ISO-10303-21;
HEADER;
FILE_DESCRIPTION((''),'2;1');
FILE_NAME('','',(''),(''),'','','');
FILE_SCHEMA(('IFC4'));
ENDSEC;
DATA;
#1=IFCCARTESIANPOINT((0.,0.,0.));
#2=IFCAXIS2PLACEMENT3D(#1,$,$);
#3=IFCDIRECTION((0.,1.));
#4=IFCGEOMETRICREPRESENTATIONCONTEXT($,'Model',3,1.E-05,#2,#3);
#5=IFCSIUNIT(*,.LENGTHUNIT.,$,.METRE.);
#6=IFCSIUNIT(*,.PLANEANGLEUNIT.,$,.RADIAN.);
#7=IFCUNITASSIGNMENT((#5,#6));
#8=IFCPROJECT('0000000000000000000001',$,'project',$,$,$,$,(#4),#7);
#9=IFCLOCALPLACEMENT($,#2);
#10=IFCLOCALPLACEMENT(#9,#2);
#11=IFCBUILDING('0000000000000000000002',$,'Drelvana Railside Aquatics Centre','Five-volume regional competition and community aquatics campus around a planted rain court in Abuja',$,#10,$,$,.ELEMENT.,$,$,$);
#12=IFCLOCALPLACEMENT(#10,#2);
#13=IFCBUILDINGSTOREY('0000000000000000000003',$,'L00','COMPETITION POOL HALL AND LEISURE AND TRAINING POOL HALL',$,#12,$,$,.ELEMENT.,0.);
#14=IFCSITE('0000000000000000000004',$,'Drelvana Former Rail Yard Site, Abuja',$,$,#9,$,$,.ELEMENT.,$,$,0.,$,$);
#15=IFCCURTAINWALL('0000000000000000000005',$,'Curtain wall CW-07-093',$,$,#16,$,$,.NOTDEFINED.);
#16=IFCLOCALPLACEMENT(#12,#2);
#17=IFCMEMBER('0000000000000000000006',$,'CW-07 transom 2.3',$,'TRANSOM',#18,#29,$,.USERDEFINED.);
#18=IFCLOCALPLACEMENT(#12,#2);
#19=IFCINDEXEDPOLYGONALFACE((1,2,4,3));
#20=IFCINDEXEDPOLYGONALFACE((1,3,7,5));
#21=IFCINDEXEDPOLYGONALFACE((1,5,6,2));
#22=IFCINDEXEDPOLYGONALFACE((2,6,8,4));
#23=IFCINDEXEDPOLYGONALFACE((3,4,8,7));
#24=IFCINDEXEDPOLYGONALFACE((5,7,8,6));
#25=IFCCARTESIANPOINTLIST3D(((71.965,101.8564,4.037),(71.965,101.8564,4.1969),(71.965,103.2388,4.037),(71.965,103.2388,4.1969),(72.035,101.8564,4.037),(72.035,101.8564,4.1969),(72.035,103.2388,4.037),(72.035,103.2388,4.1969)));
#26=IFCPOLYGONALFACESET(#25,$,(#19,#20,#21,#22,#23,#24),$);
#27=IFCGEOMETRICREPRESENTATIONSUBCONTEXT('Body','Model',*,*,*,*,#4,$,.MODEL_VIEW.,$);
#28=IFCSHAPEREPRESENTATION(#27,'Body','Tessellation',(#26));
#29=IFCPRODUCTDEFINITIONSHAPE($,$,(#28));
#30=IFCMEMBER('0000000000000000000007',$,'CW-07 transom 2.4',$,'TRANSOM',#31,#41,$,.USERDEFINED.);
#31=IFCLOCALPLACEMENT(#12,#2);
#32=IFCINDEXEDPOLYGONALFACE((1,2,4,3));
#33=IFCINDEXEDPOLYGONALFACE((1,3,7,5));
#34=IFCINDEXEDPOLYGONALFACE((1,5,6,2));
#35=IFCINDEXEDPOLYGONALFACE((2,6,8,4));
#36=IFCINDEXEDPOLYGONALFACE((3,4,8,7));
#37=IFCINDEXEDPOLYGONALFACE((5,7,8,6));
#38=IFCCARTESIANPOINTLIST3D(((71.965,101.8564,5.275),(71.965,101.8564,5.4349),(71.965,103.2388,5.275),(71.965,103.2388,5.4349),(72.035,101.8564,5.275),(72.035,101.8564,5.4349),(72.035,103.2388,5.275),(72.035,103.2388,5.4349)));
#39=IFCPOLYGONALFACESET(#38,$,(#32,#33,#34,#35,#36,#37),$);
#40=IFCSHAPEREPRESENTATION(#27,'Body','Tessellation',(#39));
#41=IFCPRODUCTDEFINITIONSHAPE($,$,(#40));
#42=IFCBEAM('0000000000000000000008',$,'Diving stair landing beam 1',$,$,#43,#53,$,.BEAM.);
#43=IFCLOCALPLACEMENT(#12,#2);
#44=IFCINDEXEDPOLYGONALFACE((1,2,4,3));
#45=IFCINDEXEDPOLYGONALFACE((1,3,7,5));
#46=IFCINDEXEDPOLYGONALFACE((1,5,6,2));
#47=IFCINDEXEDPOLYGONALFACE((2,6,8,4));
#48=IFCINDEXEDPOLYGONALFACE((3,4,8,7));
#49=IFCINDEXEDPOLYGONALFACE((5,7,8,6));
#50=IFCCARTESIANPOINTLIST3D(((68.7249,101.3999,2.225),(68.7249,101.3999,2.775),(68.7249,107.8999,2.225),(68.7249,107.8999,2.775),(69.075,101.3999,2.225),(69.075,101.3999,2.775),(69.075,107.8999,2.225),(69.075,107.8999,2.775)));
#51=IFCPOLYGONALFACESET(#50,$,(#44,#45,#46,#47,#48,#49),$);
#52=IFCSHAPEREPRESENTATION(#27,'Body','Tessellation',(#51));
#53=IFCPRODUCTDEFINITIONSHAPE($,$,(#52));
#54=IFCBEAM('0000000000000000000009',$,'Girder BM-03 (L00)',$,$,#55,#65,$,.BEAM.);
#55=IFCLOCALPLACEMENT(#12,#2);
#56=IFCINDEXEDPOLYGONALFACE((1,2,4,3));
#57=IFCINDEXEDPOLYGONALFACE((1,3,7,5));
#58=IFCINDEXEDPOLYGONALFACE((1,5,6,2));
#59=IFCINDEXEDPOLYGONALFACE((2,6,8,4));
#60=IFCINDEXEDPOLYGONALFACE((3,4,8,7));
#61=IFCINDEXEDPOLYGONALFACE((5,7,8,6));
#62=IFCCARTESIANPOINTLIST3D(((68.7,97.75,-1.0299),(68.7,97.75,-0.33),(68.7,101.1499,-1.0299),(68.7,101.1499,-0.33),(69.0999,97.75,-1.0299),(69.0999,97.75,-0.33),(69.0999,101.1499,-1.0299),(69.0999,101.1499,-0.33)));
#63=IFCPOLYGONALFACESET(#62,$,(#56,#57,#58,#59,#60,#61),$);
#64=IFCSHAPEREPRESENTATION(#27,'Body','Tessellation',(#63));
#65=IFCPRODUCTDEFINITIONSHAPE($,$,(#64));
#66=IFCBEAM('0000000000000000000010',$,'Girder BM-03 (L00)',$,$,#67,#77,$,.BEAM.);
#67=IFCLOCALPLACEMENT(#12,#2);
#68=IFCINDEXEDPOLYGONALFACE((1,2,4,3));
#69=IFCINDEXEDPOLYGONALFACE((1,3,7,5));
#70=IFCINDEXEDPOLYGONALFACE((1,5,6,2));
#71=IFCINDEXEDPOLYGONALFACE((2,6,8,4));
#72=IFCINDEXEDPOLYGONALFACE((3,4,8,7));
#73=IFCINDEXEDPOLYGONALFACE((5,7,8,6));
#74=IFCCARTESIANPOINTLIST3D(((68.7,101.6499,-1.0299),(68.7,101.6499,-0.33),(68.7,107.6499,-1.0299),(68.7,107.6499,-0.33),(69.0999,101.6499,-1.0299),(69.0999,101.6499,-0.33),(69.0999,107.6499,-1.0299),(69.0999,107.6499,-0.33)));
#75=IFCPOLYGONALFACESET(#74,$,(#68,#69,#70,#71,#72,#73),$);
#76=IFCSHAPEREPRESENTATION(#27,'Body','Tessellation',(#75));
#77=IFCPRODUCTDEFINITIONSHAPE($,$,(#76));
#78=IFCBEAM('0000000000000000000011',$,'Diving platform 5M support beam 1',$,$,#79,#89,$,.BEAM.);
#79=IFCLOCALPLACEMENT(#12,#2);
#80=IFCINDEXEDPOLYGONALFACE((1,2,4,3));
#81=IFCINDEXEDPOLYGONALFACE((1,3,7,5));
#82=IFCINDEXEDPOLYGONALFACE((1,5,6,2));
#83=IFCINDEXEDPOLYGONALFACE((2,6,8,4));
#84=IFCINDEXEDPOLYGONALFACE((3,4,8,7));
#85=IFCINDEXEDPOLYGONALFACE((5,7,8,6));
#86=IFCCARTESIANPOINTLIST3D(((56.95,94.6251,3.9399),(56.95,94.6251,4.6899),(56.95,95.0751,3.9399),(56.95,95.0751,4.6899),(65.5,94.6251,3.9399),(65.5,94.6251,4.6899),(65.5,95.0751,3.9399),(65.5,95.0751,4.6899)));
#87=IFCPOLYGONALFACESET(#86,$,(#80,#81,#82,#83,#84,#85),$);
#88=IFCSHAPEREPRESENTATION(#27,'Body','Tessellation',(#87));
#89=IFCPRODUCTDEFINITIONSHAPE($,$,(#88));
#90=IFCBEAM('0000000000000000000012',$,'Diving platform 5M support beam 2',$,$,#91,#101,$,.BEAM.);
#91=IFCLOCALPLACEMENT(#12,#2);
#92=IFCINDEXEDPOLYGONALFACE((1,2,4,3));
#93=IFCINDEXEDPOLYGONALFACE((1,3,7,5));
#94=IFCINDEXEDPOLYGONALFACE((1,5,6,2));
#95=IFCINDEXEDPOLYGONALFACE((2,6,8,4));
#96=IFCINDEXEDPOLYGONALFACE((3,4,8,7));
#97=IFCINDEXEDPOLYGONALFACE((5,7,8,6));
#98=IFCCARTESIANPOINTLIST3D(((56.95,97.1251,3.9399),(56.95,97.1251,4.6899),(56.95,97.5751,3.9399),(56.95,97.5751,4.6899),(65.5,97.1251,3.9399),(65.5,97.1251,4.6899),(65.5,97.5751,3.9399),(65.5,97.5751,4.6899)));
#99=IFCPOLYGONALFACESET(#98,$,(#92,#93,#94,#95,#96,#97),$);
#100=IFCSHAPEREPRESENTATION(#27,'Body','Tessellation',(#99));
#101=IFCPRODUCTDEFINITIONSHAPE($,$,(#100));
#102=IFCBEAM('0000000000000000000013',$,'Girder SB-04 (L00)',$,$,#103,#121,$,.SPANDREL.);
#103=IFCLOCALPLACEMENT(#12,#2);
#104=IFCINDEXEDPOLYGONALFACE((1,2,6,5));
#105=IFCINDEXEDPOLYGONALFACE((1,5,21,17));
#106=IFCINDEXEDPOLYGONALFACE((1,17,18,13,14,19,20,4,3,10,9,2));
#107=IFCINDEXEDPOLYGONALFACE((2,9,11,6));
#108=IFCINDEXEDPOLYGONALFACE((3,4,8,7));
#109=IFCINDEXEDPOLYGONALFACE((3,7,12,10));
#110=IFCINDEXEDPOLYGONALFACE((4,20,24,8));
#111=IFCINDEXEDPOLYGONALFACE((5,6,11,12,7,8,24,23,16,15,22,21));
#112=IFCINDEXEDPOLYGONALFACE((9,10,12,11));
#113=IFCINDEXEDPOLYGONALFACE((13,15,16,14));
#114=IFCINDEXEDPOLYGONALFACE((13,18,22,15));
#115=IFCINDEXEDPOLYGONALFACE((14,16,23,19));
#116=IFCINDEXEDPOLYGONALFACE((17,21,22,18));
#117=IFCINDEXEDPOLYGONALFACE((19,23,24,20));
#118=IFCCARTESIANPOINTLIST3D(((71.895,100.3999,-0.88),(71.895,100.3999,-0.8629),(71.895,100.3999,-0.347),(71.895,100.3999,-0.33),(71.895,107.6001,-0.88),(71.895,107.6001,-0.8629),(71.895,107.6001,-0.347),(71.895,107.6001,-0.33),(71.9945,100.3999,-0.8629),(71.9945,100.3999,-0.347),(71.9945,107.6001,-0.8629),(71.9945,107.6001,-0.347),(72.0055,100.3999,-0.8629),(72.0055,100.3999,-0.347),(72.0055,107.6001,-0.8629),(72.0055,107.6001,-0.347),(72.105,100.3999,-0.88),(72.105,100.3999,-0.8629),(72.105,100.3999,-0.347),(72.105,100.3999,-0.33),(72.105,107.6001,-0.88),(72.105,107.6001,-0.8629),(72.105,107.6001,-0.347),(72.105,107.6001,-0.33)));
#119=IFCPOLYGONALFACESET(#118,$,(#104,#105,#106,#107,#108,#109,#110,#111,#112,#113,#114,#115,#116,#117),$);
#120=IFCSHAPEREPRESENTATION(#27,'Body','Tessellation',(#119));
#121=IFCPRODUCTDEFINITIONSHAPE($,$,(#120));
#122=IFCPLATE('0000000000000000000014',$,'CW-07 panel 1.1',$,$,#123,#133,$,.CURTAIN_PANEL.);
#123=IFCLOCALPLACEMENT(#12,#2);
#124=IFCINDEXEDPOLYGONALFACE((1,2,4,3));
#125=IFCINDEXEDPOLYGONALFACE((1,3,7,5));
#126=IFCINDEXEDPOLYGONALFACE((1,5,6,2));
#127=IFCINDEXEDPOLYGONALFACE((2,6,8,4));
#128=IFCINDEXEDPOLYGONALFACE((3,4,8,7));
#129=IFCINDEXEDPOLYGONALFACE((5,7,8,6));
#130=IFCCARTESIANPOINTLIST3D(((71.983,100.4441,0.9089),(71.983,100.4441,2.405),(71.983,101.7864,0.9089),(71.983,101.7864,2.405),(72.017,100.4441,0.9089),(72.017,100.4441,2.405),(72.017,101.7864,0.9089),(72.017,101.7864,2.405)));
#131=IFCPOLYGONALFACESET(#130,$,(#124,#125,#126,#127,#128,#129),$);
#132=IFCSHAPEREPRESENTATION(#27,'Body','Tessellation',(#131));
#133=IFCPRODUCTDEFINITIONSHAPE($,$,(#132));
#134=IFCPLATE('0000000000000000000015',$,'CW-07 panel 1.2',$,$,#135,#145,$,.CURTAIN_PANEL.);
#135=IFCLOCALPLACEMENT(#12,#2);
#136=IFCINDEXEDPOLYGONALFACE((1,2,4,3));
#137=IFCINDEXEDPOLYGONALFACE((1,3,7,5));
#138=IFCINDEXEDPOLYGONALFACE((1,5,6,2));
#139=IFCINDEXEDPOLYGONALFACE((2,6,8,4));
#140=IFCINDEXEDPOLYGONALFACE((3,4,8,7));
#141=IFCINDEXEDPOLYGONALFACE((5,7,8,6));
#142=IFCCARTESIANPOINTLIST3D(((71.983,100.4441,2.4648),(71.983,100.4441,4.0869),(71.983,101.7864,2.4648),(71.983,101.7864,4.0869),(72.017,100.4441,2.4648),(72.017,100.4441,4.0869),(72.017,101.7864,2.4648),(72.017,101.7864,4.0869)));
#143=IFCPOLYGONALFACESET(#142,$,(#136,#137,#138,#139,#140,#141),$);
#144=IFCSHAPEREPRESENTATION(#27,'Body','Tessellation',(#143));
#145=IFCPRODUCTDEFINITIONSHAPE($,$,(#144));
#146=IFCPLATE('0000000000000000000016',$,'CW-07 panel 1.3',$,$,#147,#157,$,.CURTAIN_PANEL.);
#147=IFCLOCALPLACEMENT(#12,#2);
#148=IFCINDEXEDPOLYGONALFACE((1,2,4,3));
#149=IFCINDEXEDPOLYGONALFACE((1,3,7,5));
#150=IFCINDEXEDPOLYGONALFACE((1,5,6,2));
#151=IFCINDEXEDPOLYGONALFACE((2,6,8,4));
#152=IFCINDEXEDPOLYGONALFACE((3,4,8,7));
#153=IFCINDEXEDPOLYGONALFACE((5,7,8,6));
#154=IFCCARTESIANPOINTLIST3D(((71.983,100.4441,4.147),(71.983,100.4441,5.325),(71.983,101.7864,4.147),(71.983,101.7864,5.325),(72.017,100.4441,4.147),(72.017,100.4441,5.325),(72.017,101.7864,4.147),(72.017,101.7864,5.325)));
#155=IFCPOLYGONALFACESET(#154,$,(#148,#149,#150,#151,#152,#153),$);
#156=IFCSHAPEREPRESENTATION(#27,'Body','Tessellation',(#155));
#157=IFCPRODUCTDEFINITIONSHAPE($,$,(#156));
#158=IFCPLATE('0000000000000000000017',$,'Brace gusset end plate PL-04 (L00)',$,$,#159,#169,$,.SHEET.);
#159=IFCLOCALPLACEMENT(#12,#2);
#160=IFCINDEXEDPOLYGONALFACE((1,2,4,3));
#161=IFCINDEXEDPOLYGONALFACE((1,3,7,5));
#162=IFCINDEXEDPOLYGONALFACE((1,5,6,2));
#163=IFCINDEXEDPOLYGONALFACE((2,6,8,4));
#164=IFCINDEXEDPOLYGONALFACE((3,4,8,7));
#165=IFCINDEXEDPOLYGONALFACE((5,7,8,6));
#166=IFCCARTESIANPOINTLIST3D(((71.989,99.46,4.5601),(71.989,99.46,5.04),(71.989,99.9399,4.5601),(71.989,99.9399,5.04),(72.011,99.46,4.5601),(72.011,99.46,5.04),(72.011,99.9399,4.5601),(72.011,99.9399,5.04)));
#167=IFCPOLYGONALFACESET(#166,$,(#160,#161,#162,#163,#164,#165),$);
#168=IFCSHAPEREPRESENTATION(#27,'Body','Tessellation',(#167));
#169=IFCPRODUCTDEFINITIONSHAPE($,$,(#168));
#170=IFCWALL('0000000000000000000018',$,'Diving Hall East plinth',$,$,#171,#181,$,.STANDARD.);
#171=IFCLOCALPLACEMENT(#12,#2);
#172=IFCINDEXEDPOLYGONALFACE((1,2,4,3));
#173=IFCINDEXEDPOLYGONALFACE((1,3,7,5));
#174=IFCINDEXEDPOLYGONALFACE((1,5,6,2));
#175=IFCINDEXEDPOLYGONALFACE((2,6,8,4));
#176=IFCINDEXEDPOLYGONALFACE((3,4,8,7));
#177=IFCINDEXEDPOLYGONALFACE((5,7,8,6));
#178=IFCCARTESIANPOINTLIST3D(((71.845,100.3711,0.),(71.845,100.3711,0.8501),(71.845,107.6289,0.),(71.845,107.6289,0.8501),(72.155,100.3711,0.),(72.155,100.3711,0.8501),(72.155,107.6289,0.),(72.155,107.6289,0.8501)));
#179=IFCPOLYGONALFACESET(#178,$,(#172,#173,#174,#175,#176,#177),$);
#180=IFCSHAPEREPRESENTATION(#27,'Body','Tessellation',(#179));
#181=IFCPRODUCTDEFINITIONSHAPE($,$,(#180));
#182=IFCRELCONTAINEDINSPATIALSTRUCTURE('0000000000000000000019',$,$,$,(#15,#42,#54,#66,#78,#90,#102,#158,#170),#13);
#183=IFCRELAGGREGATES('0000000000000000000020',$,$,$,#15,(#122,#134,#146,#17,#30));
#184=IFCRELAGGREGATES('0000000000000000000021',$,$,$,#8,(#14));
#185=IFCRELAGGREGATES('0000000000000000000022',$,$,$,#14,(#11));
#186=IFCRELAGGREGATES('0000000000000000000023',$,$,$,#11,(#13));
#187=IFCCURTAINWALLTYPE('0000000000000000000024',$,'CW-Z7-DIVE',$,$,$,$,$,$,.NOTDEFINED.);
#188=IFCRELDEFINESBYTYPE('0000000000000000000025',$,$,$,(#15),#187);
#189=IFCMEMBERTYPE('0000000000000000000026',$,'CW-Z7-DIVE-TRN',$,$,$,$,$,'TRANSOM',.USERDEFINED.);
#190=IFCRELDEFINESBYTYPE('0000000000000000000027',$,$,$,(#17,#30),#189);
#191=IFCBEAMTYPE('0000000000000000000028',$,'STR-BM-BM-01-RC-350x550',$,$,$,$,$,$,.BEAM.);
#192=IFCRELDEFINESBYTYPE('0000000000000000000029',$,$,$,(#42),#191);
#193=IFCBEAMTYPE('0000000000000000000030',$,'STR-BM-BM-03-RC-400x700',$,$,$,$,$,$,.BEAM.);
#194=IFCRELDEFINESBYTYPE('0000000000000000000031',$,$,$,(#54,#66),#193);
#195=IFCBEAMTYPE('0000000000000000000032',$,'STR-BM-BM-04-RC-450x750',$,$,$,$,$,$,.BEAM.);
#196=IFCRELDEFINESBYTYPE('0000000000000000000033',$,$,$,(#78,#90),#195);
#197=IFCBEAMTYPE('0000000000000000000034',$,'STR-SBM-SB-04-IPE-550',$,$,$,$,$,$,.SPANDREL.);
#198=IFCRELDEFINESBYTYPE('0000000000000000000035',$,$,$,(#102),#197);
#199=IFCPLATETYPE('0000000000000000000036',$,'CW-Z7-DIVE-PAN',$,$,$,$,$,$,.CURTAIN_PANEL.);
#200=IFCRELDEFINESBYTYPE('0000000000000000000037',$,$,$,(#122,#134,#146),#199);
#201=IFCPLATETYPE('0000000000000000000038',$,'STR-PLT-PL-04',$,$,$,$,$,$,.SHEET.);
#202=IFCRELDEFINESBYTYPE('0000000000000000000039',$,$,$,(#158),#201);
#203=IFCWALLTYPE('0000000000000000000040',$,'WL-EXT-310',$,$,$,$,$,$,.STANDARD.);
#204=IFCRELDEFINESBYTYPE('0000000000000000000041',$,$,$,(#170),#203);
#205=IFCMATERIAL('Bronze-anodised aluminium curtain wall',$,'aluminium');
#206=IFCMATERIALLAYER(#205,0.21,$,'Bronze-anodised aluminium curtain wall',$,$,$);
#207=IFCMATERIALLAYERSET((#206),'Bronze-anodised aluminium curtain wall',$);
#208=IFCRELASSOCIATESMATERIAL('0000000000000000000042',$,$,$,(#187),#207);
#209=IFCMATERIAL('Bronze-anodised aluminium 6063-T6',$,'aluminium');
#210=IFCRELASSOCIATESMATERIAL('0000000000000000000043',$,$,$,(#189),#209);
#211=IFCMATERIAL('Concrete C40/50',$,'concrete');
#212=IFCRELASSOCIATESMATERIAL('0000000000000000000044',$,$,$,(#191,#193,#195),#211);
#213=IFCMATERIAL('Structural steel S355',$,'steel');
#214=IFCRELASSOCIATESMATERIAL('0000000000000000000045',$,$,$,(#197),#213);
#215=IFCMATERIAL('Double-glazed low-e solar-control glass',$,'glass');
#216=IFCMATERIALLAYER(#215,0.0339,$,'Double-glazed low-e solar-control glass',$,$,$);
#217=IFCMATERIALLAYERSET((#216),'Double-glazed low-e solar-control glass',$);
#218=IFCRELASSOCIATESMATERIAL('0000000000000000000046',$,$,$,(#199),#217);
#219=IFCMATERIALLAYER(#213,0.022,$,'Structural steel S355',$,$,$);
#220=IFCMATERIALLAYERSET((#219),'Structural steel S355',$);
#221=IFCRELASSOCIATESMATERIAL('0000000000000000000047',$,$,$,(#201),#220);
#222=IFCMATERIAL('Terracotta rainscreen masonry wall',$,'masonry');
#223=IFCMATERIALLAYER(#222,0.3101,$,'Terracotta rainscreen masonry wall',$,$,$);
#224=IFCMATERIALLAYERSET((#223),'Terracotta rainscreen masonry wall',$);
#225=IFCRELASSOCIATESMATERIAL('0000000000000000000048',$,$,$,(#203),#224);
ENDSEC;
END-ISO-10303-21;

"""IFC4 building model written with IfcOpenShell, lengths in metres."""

from ifc_helpers import new_model, si_unit, direction, frame, frame_2d, origin, origin_2d, place, context, subcontext, project, spatial, rectangle, i_section, extrude, material, layer, layer_set, material_profile, profile_set, type_object, element, aggregate, save


model = new_model("IFC4")

# Units and contexts
model_context = context("Model", 3, precision=1e-05, world=origin(), true_north=direction((0.0, 1.0)))
body_context = subcontext(model_context, "Body", "Model", "MODEL_VIEW")
ifc_project = project(units=[si_unit("LENGTHUNIT", "METRE"), si_unit("PLANEANGLEUNIT", "RADIAN")], contexts=[model_context])

# Site, building, storey
site_placement = place(None, origin())
site = spatial("IfcSite", under=ifc_project, at=site_placement, Name="Drelvana Former Rail Yard Site, Abuja", CompositionType="ELEMENT", RefElevation=0.0)
building_placement = place(site_placement, origin())
building = spatial("IfcBuilding", under=site, at=building_placement, Name="Drelvana Railside Aquatics Centre", Description="Five-volume regional competition and community aquatics campus around a planted rain court in Abuja", CompositionType="ELEMENT")
storey_placement = place(building_placement, origin())
storey = spatial("IfcBuildingStorey", under=building, at=storey_placement, Name="L00", Description="COMPETITION POOL HALL AND LEISURE AND TRAINING POOL HALL", CompositionType="ELEMENT", Elevation=0.0)

# Shared definitions
ifc_material_1 = material(Name="Concrete C40/50", Category="concrete")

# Curtain wall, members
ifc_material_2 = material(Name="Bronze-anodised aluminium curtain wall", Category="aluminium")
ifc_layer_1 = layer(ifc_material_2, 0.21, Name="Bronze-anodised aluminium curtain wall")
ifc_layer_set_1 = layer_set([ifc_layer_1], Name="Bronze-anodised aluminium curtain wall")
curtain_wall_type = type_object("IfcCurtainWallType", Name="CW-Z7-DIVE", PredefinedType="NOTDEFINED", material=ifc_layer_set_1)
curtain_wall_placement = place(storey_placement, origin())
curtain_wall = element("IfcCurtainWall", 1, at=curtain_wall_placement, inside=storey, type_object=curtain_wall_type, Name="Curtain wall CW-07-093", PredefinedType="NOTDEFINED")
ifc_material_3 = material(Name="Bronze-anodised aluminium 6063-T6", Category="aluminium")
ifc_material_profile_1 = material_profile(ifc_material_3, rectangle(XDim=0.1599, YDim=0.0701, at=origin_2d()), Name="ALU-T 70x160")
ifc_profile_set_1 = profile_set([ifc_material_profile_1], Name="Bronze-anodised aluminium 6063-T6")
member_type_1 = type_object("IfcMemberType", Name="CW-Z7-DIVE-TRN", ElementType="TRANSOM", PredefinedType="USERDEFINED", material=ifc_profile_set_1)
member_1_placement = place(storey_placement, frame((72.0, 101.8564, 4.1169), z_axis=(0.0, 1.0, 0.0), x_axis=(0.0, 0.0, 1.0)))
member_1 = element("IfcMember", 2, at=member_1_placement, type_object=member_type_1, Name="CW-07 transom 2.3", ObjectType="TRANSOM", PredefinedType="USERDEFINED", context=body_context, shape_type="SweptSolid", body=[
    extrude(rectangle(XDim=0.1599, YDim=0.0701, at=origin_2d()), origin(), (0.0, 0.0, 1.0), 1.3823),
])
member_2_placement = place(storey_placement, frame((72.0, 101.8564, 5.355), z_axis=(0.0, 1.0, 0.0), x_axis=(0.0, 0.0, 1.0)))
member_2 = element("IfcMember", 3, at=member_2_placement, type_object=member_type_1, Name="CW-07 transom 2.4", ObjectType="TRANSOM", PredefinedType="USERDEFINED", context=body_context, shape_type="SweptSolid", body=[
    extrude(rectangle(XDim=0.1599, YDim=0.0701, at=origin_2d()), origin(), (0.0, 0.0, 1.0), 1.3823),
])

# Beams
ifc_material_profile_2 = material_profile(ifc_material_1, rectangle(XDim=0.3501, YDim=0.55, at=origin_2d()), Name="RC 350x550")
ifc_profile_set_2 = profile_set([ifc_material_profile_2], Name="Concrete C40/50")
beam_type_1 = type_object("IfcBeamType", Name="STR-BM-BM-01-RC-350x550", PredefinedType="BEAM", material=ifc_profile_set_2)
beam_1_placement = place(storey_placement, frame((68.8999, 101.3999, 2.5), z_axis=(0.0, 1.0, 0.0), x_axis=(-1.0, 0.0, 0.0)))
element("IfcBeam", 4, at=beam_1_placement, inside=storey, type_object=beam_type_1, Name="Diving stair landing beam 1", PredefinedType="BEAM", context=body_context, shape_type="SweptSolid", body=[
    extrude(rectangle(XDim=0.3501, YDim=0.55, at=origin_2d()), origin(), (0.0, 0.0, 1.0), 6.5),
])
ifc_material_profile_3 = material_profile(ifc_material_1, rectangle(XDim=0.3999, YDim=0.7, at=origin_2d()), Name="RC 400x700")
ifc_profile_set_3 = profile_set([ifc_material_profile_3], Name="Concrete C40/50")
beam_type_2 = type_object("IfcBeamType", Name="STR-BM-BM-03-RC-400x700", PredefinedType="BEAM", material=ifc_profile_set_3)
beam_2_placement = place(storey_placement, frame((68.8999, 97.75, -0.6799), z_axis=(0.0, 1.0, 0.0), x_axis=(-1.0, 0.0, 0.0)))
element("IfcBeam", 5, at=beam_2_placement, inside=storey, type_object=beam_type_2, Name="Girder BM-03 (L00)", PredefinedType="BEAM", context=body_context, shape_type="SweptSolid", body=[
    extrude(rectangle(XDim=0.3999, YDim=0.7, at=origin_2d()), origin(), (0.0, 0.0, 1.0), 3.3999),
])
beam_3_placement = place(storey_placement, frame((68.8999, 101.6499, -0.6799), z_axis=(0.0, 1.0, 0.0), x_axis=(-1.0, 0.0, 0.0)))
element("IfcBeam", 6, at=beam_3_placement, inside=storey, type_object=beam_type_2, Name="Girder BM-03 (L00)", PredefinedType="BEAM", context=body_context, shape_type="SweptSolid", body=[
    extrude(rectangle(XDim=0.3999, YDim=0.7, at=origin_2d()), origin(), (0.0, 0.0, 1.0), 6.0),
])
ifc_material_profile_4 = material_profile(ifc_material_1, rectangle(XDim=0.45, YDim=0.75, at=origin_2d()), Name="RC 450x750")
ifc_profile_set_4 = profile_set([ifc_material_profile_4], Name="Concrete C40/50")
beam_type_3 = type_object("IfcBeamType", Name="STR-BM-BM-04-RC-450x750", PredefinedType="BEAM", material=ifc_profile_set_4)
for number, where, z_axis, x_axis, name in (
    (7, (65.5, 94.8501, 4.3149), (-1.0, 0.0, 0.0), (0.0, -1.0, 0.0), "Diving platform 5M support beam 1"),
    (8, (65.5, 97.3501, 4.3149), (-1.0, 0.0, 0.0), (0.0, -1.0, 0.0), "Diving platform 5M support beam 2"),
):
    element("IfcBeam", number, at=place(storey_placement, frame(where, z_axis=z_axis, x_axis=x_axis)), inside=storey, type_object=beam_type_3, Name=name, PredefinedType="BEAM", context=body_context, shape_type="SweptSolid", body=[
        extrude(rectangle(XDim=0.45, YDim=0.75, at=origin_2d()), origin(), (0.0, 0.0, 1.0), 8.55),
    ])
ifc_material_4 = material(Name="Structural steel S355", Category="steel")
ifc_material_profile_5 = material_profile(ifc_material_4, i_section(OverallWidth=0.21, OverallDepth=0.55, WebThickness=0.011, FlangeThickness=0.0171, at=origin_2d()), Name="IPE 550")
ifc_profile_set_5 = profile_set([ifc_material_profile_5], Name="Structural steel S355")
beam_type_4 = type_object("IfcBeamType", Name="STR-SBM-SB-04-IPE-550", PredefinedType="SPANDREL", material=ifc_profile_set_5)
beam_4_placement = place(storey_placement, frame((72.0, 100.3999, -0.605), z_axis=(0.0, 1.0, 0.0), x_axis=(-1.0, 0.0, 0.0)))
element("IfcBeam", 9, at=beam_4_placement, inside=storey, type_object=beam_type_4, Name="Girder SB-04 (L00)", PredefinedType="SPANDREL", context=body_context, shape_type="SweptSolid", body=[
    extrude(i_section(OverallWidth=0.21, OverallDepth=0.55, WebThickness=0.011, FlangeThickness=0.0171, at=origin_2d()), origin(), (0.0, 0.0, 1.0), 7.2002),
])

# Plates
ifc_material_5 = material(Name="Double-glazed low-e solar-control glass", Category="glass")
ifc_layer_2 = layer(ifc_material_5, 0.0339, Name="Double-glazed low-e solar-control glass")
ifc_layer_set_2 = layer_set([ifc_layer_2], Name="Double-glazed low-e solar-control glass")
plate_type_1 = type_object("IfcPlateType", Name="CW-Z7-DIVE-PAN", PredefinedType="CURTAIN_PANEL", material=ifc_layer_set_2)
plate_1_placement = place(storey_placement, frame((72.0, 101.1152, 0.9089), z_axis=(0.0, 0.0, 1.0), x_axis=(0.0, 1.0, 0.0)))
plate_1 = element("IfcPlate", 10, at=plate_1_placement, type_object=plate_type_1, Name="CW-07 panel 1.1", PredefinedType="CURTAIN_PANEL", context=body_context, shape_type="SweptSolid", body=[
    extrude(rectangle(XDim=1.3423, YDim=0.0339, at=origin_2d()), origin(), (0.0, 0.0, 1.0), 1.4961),
])
plate_2_placement = place(storey_placement, frame((72.0, 101.1152, 2.4648), z_axis=(0.0, 0.0, 1.0), x_axis=(0.0, 1.0, 0.0)))
plate_2 = element("IfcPlate", 11, at=plate_2_placement, type_object=plate_type_1, Name="CW-07 panel 1.2", PredefinedType="CURTAIN_PANEL", context=body_context, shape_type="SweptSolid", body=[
    extrude(rectangle(XDim=1.3423, YDim=0.0339, at=origin_2d()), origin(), (0.0, 0.0, 1.0), 1.6221),
])
plate_3_placement = place(storey_placement, frame((72.0, 101.1152, 4.147), z_axis=(0.0, 0.0, 1.0), x_axis=(0.0, 1.0, 0.0)))
plate_3 = element("IfcPlate", 12, at=plate_3_placement, type_object=plate_type_1, Name="CW-07 panel 1.3", PredefinedType="CURTAIN_PANEL", context=body_context, shape_type="SweptSolid", body=[
    extrude(rectangle(XDim=1.3423, YDim=0.0339, at=origin_2d()), origin(), (0.0, 0.0, 1.0), 1.178),
])
aggregate(curtain_wall, [plate_1, plate_2, plate_3, member_1, member_2])
ifc_layer_3 = layer(ifc_material_4, 0.022, Name="Structural steel S355")
ifc_layer_set_3 = layer_set([ifc_layer_3], Name="Structural steel S355")
plate_type_2 = type_object("IfcPlateType", Name="STR-PLT-PL-04", PredefinedType="SHEET", material=ifc_layer_set_3)
plate_4_placement = place(storey_placement, frame((72.0, 99.7, 4.5601), z_axis=(0.0, 0.0, 1.0), x_axis=(1.0, 0.0, 0.0)))
element("IfcPlate", 13, at=plate_4_placement, inside=storey, type_object=plate_type_2, Name="Brace gusset end plate PL-04 (L00)", PredefinedType="SHEET", context=body_context, shape_type="SweptSolid", body=[
    extrude(rectangle(XDim=0.022, YDim=0.48, at=origin_2d()), origin(), (0.0, 0.0, 1.0), 0.48),
])

# Wall
ifc_material_6 = material(Name="Terracotta rainscreen masonry wall", Category="masonry")
ifc_layer_4 = layer(ifc_material_6, 0.3101, Name="Terracotta rainscreen masonry wall")
ifc_layer_set_4 = layer_set([ifc_layer_4], Name="Terracotta rainscreen masonry wall")
wall_type = type_object("IfcWallType", Name="WL-EXT-310", PredefinedType="STANDARD", material=ifc_layer_set_4)
wall_placement = place(storey_placement, frame((72.0, 100.3711, 0.0), z_axis=(0.0, 0.0, 1.0), x_axis=(0.0, 1.0, 0.0)))
element("IfcWall", 14, at=wall_placement, inside=storey, type_object=wall_type, Name="Diving Hall East plinth", PredefinedType="STANDARD", context=body_context, shape_type="SweptSolid", body=[
    extrude(rectangle(XDim=7.2578, YDim=0.3101, at=frame_2d((3.6289, 0.0))), origin(), (0.0, 0.0, 1.0), 0.8501),
])

save(model, "model.ifc")
